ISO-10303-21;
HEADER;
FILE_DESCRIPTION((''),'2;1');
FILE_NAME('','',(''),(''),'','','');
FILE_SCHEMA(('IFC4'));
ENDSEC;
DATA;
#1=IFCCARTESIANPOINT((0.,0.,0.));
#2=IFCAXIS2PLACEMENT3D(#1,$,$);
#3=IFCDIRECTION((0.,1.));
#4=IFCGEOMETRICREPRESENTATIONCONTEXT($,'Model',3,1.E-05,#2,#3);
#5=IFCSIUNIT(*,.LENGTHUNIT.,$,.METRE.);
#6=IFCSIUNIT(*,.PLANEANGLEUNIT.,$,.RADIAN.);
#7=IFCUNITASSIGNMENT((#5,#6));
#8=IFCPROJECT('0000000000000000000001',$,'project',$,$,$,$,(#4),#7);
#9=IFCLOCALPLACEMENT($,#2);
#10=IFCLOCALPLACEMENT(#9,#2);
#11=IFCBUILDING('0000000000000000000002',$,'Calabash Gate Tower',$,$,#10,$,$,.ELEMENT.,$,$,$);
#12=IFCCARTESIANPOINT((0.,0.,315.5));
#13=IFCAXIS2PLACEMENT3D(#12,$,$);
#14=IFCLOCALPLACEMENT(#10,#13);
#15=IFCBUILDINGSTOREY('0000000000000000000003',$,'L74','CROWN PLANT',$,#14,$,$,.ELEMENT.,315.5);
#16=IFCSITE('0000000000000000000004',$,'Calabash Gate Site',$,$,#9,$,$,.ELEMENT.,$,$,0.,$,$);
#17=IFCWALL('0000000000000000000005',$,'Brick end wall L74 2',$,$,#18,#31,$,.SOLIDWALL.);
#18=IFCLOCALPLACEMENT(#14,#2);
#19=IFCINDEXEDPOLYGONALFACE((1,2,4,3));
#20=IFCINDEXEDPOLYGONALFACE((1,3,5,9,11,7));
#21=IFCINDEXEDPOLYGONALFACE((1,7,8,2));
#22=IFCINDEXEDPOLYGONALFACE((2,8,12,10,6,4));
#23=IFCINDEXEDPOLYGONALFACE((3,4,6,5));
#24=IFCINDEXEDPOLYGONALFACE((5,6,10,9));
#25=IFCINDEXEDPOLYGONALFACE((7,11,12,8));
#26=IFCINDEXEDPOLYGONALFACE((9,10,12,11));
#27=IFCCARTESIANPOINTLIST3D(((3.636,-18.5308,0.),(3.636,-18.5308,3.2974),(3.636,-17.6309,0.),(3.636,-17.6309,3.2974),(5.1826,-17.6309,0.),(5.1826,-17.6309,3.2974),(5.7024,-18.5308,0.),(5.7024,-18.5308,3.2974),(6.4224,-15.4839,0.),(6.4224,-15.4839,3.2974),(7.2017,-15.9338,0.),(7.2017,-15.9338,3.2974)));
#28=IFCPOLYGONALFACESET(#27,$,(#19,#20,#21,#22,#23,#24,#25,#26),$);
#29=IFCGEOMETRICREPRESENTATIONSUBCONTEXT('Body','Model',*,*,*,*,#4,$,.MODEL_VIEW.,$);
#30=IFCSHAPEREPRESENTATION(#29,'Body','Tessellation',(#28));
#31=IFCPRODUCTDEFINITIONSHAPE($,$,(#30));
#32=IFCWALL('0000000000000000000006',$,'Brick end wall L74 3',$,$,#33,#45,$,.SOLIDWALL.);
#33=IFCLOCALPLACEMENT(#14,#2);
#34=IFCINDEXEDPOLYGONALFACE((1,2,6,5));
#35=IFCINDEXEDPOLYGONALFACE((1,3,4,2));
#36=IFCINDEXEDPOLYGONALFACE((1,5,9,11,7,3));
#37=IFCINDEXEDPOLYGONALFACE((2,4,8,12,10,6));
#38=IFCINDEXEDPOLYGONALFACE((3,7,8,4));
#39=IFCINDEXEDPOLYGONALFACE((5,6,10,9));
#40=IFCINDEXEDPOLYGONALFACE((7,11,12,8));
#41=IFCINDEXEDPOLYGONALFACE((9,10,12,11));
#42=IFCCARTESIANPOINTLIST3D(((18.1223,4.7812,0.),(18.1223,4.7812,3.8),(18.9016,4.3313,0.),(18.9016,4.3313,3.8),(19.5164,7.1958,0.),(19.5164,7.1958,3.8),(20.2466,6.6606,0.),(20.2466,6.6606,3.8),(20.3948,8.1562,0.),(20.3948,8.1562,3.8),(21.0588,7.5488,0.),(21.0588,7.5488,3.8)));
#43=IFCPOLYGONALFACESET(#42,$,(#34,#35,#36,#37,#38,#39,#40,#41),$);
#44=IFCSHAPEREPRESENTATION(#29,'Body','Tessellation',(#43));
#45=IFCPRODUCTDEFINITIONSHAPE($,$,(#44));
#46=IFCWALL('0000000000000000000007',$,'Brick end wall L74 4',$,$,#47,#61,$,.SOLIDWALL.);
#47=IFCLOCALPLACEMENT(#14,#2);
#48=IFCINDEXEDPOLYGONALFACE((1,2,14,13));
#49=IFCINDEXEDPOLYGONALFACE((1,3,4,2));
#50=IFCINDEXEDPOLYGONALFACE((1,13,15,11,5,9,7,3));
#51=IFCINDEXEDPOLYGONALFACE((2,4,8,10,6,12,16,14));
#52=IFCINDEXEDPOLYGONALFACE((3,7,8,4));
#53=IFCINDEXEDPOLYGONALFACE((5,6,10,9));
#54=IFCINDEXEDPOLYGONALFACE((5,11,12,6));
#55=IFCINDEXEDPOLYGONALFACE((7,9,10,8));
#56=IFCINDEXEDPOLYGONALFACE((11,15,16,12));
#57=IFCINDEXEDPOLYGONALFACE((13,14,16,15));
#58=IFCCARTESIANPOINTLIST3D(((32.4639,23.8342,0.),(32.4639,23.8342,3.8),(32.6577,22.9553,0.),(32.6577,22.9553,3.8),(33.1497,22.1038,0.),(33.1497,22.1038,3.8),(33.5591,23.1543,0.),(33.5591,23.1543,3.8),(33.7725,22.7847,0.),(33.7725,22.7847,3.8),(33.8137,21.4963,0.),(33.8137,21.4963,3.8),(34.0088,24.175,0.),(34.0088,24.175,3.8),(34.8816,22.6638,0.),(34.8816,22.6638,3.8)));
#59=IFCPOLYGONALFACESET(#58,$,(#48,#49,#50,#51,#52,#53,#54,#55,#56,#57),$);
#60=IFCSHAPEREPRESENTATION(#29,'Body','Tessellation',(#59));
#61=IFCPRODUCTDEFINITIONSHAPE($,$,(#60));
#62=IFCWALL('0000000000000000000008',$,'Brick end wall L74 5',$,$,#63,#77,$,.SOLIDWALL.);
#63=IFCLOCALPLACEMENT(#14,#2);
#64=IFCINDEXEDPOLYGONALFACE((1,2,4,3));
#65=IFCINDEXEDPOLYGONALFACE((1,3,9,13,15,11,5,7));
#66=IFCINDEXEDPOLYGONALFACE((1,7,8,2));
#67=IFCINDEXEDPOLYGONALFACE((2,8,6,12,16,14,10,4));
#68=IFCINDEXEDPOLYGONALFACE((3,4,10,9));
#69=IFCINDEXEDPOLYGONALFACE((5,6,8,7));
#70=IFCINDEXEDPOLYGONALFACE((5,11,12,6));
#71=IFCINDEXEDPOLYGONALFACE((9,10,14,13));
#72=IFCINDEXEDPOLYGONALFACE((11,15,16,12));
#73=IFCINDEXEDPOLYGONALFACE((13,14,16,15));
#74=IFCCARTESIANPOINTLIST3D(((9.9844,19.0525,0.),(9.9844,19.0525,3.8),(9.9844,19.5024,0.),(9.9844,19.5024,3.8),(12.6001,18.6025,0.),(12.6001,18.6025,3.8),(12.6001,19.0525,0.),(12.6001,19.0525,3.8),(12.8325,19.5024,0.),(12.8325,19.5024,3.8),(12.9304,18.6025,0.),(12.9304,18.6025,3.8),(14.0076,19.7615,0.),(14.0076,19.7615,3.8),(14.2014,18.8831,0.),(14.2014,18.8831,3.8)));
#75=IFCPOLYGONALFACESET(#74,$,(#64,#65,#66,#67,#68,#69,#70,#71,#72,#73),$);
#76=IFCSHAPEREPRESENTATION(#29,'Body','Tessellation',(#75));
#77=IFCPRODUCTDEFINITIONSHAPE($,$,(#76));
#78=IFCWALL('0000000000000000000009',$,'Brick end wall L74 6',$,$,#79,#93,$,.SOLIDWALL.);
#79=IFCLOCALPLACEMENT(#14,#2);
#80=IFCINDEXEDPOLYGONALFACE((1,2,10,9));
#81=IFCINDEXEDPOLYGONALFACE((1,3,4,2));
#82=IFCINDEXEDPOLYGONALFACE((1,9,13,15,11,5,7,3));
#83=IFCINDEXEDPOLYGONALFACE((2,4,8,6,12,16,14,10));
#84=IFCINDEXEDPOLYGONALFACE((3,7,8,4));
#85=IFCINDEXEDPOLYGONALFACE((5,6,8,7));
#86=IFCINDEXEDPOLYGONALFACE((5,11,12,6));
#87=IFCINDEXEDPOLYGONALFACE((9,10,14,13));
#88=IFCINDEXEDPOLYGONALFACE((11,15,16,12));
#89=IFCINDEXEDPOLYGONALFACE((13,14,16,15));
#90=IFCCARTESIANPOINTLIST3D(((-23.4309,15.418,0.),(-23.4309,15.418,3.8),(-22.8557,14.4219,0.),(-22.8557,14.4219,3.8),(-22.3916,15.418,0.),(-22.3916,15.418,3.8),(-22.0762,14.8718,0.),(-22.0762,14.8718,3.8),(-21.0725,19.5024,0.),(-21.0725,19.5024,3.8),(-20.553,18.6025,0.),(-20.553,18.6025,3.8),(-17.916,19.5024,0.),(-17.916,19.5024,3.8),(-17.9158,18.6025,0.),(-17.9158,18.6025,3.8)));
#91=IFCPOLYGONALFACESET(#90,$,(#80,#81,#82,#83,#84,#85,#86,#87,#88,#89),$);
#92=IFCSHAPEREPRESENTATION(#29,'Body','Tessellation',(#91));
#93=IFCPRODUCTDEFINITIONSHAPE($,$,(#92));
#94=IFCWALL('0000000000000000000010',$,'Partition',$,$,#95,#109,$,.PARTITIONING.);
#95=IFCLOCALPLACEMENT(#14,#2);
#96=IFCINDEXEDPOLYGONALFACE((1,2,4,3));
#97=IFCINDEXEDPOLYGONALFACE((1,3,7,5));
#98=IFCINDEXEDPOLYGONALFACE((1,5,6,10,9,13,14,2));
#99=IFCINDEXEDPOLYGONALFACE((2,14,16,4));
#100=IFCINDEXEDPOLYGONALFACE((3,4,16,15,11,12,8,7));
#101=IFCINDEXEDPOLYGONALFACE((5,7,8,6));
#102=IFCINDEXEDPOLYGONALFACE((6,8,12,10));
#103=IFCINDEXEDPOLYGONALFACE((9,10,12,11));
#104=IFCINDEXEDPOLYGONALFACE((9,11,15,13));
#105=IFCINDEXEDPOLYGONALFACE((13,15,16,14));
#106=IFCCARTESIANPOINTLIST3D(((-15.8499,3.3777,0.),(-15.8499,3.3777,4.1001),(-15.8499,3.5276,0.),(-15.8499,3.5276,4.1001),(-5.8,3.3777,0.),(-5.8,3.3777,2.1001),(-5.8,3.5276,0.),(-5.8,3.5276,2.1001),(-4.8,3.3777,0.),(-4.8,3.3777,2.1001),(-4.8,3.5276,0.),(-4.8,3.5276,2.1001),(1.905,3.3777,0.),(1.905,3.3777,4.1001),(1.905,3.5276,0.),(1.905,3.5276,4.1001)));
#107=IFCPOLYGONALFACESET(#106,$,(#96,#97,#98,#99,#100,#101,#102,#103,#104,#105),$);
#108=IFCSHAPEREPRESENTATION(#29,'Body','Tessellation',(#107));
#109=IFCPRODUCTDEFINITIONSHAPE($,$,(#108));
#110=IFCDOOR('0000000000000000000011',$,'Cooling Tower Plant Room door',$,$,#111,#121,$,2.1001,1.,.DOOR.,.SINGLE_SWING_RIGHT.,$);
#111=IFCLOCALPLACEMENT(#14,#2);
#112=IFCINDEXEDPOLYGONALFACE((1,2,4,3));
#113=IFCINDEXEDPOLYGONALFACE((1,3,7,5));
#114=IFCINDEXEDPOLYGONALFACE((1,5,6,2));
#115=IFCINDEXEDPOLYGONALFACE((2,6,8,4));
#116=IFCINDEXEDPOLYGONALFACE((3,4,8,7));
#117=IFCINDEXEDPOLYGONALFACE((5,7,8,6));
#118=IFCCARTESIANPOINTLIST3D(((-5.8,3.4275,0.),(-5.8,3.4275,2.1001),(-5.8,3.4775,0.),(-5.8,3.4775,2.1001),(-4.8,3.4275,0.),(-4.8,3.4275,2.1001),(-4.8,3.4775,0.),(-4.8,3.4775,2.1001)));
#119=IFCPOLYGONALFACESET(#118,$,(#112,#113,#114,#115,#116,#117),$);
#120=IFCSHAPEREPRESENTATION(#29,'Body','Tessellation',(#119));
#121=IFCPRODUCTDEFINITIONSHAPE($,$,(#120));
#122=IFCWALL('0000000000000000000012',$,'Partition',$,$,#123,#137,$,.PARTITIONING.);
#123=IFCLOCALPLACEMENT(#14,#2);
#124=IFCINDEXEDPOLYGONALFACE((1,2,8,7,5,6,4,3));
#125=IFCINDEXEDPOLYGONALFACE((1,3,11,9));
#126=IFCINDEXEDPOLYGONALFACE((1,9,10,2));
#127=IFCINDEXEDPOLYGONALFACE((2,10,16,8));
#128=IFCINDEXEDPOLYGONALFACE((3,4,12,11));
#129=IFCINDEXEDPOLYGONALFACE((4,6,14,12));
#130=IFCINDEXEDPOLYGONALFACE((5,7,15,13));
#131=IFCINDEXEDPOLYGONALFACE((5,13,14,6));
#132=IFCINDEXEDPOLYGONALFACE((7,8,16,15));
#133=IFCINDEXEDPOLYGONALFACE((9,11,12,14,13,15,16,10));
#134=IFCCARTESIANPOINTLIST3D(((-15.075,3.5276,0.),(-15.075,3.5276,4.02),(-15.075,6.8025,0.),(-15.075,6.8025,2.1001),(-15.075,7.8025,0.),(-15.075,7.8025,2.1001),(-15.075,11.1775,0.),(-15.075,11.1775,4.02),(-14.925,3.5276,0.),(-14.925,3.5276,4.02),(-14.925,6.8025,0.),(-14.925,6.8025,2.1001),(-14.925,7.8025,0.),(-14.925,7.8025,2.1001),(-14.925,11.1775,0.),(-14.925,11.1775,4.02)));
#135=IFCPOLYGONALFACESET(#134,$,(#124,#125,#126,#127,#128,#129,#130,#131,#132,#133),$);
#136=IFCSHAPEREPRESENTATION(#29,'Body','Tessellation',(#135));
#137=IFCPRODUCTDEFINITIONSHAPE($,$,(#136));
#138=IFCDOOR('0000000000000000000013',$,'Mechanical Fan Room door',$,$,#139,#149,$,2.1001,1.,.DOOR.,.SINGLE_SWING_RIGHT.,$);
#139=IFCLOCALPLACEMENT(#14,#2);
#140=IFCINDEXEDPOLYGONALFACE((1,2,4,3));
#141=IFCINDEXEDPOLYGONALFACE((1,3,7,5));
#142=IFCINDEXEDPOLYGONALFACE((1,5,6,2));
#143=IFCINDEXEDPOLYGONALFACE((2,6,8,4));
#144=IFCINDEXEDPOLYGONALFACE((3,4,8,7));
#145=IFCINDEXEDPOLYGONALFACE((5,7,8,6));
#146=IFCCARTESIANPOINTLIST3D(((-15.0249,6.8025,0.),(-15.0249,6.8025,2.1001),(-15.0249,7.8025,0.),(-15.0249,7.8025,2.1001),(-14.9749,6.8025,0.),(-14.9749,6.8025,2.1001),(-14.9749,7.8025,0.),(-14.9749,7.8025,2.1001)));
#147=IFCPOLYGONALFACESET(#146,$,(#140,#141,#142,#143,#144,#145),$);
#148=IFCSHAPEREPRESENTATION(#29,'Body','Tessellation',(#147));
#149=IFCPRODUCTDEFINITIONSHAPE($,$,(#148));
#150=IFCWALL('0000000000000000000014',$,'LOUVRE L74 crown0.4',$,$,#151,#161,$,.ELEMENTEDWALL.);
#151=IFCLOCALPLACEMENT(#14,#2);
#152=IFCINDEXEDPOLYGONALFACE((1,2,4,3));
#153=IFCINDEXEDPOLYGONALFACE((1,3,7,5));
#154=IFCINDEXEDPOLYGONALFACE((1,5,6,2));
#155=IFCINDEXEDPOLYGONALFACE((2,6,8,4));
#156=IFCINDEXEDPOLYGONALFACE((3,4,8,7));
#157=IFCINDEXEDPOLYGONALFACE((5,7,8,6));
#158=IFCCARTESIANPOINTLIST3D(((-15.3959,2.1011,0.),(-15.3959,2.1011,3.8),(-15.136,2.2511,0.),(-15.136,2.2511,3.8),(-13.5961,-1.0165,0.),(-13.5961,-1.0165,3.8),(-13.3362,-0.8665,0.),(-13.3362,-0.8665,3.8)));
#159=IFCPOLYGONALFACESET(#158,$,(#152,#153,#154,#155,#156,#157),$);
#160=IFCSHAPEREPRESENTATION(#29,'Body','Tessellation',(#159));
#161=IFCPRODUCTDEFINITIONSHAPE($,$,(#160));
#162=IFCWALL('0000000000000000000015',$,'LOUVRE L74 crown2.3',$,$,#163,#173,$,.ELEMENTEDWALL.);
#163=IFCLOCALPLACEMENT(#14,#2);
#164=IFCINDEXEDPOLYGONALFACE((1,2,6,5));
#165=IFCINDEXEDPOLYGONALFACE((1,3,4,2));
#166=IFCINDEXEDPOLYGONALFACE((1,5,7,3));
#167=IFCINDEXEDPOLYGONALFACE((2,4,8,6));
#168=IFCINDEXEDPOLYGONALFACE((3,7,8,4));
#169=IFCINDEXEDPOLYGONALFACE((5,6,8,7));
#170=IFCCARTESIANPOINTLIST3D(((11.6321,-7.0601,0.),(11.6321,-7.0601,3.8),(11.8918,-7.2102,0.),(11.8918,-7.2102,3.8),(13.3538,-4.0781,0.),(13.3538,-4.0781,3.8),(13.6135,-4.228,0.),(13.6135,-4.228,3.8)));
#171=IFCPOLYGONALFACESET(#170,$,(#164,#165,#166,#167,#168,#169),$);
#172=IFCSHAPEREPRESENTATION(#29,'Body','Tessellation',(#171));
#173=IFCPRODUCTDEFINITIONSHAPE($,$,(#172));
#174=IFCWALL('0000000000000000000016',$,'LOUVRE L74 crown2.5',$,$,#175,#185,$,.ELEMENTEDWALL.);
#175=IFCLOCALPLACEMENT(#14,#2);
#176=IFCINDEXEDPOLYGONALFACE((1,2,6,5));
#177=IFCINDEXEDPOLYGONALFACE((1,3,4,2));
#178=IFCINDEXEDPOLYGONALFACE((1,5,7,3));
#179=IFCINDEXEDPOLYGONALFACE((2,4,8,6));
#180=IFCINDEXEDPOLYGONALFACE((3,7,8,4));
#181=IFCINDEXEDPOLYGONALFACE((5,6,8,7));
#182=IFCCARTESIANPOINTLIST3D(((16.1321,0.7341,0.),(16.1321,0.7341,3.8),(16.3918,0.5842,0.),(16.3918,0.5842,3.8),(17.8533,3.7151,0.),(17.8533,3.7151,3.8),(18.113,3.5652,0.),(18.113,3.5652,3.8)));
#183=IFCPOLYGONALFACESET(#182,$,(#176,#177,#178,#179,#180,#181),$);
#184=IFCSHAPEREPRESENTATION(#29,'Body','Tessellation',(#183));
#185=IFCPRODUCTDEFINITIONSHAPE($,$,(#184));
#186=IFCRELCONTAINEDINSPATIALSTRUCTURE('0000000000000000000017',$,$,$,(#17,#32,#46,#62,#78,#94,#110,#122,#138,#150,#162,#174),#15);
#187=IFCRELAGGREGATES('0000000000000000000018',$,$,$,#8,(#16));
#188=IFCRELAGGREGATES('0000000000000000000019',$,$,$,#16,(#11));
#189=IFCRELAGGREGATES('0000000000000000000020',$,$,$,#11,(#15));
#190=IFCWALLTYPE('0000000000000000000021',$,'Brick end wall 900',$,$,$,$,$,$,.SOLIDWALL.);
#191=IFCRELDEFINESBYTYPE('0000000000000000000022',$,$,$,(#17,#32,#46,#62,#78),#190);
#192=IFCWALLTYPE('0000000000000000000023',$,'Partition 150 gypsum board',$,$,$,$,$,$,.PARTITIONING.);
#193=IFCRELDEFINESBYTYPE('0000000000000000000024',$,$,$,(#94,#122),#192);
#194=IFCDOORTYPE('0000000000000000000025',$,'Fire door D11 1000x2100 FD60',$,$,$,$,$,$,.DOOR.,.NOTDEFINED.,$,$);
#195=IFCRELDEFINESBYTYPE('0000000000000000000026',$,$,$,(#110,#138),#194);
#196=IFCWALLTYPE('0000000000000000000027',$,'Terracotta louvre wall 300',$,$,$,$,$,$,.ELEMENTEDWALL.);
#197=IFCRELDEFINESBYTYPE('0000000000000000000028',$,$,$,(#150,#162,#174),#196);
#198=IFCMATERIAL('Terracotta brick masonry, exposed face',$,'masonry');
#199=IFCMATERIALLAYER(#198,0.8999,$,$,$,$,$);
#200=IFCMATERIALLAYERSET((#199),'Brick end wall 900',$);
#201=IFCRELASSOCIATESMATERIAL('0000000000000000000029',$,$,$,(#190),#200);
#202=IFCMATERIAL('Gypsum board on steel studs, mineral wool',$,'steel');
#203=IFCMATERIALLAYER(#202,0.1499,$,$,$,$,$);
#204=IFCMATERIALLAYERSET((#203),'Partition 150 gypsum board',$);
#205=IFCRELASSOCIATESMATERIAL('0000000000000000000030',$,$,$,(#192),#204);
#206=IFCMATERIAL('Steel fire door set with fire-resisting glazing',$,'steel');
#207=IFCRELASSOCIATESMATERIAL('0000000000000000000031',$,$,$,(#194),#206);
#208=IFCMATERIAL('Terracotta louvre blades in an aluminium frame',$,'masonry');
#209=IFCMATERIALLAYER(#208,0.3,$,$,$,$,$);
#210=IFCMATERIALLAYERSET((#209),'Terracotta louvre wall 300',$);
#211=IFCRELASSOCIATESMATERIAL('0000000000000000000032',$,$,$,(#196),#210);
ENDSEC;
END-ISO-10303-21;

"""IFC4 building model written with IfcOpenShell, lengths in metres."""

from ifc_helpers import new_model, si_unit, direction, frame, frame_2d, origin, place, context, subcontext, project, spatial, polyline, rectangle, outline, extrude, material, layer, layer_set, type_object, element, fill, save


model = new_model("IFC4")

# Units and contexts
model_context = context("Model", 3, precision=1e-05, world=origin(), true_north=direction((0.0, 1.0)))
body_context = subcontext(model_context, "Body", "Model", "MODEL_VIEW")
ifc_project = project(units=[si_unit("LENGTHUNIT", "METRE"), si_unit("PLANEANGLEUNIT", "RADIAN")], contexts=[model_context])

# Site, building, storey
site_placement = place(None, origin())
site = spatial("IfcSite", under=ifc_project, at=site_placement, Name="Calabash Gate Site", CompositionType="ELEMENT", RefElevation=0.0)
building_placement = place(site_placement, origin())
building = spatial("IfcBuilding", under=site, at=building_placement, Name="Calabash Gate Tower", CompositionType="ELEMENT")
storey_placement = place(building_placement, frame((0.0, 0.0, 315.5)))
storey = spatial("IfcBuildingStorey", under=building, at=storey_placement, Name="L74", Description="CROWN PLANT", CompositionType="ELEMENT", Elevation=315.5)

# Walls
ifc_material_1 = material(Name="Terracotta brick masonry, exposed face", Category="masonry")
ifc_layer_1 = layer(ifc_material_1, 0.8999)
ifc_layer_set_1 = layer_set([ifc_layer_1], Name="Brick end wall 900")
wall_type_1 = type_object("IfcWallType", Name="Brick end wall 900", PredefinedType="SOLIDWALL", material=ifc_layer_set_1)
wall_1_placement = place(storey_placement, origin())
element("IfcWall", 1, at=wall_1_placement, inside=storey, type_object=wall_type_1, Name="Brick end wall L74 2", PredefinedType="SOLIDWALL", context=body_context, shape_type="SweptSolid", body=[
    extrude(outline(polyline([(3.636, -17.6309), (3.636, -18.5308), (5.7024, -18.5308), (7.2017, -15.9338), (6.4224, -15.4839), (5.1826, -17.6309), (3.636, -17.6309)])), origin(), (0.0, 0.0, 1.0), 3.2974),
])
wall_2_placement = place(storey_placement, origin())
element("IfcWall", 2, at=wall_2_placement, inside=storey, type_object=wall_type_1, Name="Brick end wall L74 3", PredefinedType="SOLIDWALL", context=body_context, shape_type="SweptSolid", body=[
    extrude(outline(polyline([(18.1223, 4.7812), (18.9016, 4.3313), (20.2466, 6.6606), (21.0588, 7.5488), (20.3948, 8.1562), (19.5164, 7.1958), (18.1223, 4.7812)])), origin(), (0.0, 0.0, 1.0), 3.8),
])
wall_3_placement = place(storey_placement, origin())
element("IfcWall", 3, at=wall_3_placement, inside=storey, type_object=wall_type_1, Name="Brick end wall L74 4", PredefinedType="SOLIDWALL", context=body_context, shape_type="SweptSolid", body=[
    extrude(outline(polyline([(33.8137, 21.4963), (34.8816, 22.6638), (34.0088, 24.175), (32.4639, 23.8342), (32.6577, 22.9553), (33.5591, 23.1543), (33.7725, 22.7847), (33.1497, 22.1038), (33.8137, 21.4963)])), origin(), (0.0, 0.0, 1.0), 3.8),
])
wall_4_placement = place(storey_placement, origin())
element("IfcWall", 4, at=wall_4_placement, inside=storey, type_object=wall_type_1, Name="Brick end wall L74 5", PredefinedType="SOLIDWALL", context=body_context, shape_type="SweptSolid", body=[
    extrude(outline(polyline([(14.0076, 19.7615), (12.8325, 19.5024), (9.9844, 19.5024), (9.9844, 19.0525), (12.6001, 19.0525), (12.6001, 18.6025), (12.9304, 18.6025), (14.2014, 18.8831), (14.0076, 19.7615)])), origin(), (0.0, 0.0, 1.0), 3.8),
])
wall_5_placement = place(storey_placement, origin())
element("IfcWall", 5, at=wall_5_placement, inside=storey, type_object=wall_type_1, Name="Brick end wall L74 6", PredefinedType="SOLIDWALL", context=body_context, shape_type="SweptSolid", body=[
    extrude(outline(polyline([(-17.9158, 18.6025), (-17.916, 19.5024), (-21.0725, 19.5024), (-23.4309, 15.418), (-22.8557, 14.4219), (-22.0762, 14.8718), (-22.3916, 15.418), (-20.553, 18.6025), (-17.9158, 18.6025)])), origin(), (0.0, 0.0, 1.0), 3.8),
])

# Walls, openings, doors
ifc_material_2 = material(Name="Gypsum board on steel studs, mineral wool", Category="steel")
ifc_layer_2 = layer(ifc_material_2, 0.1499)
ifc_layer_set_2 = layer_set([ifc_layer_2], Name="Partition 150 gypsum board")
wall_type_2 = type_object("IfcWallType", Name="Partition 150 gypsum board", PredefinedType="PARTITIONING", material=ifc_layer_set_2)
wall_6_placement = place(storey_placement, frame((-15.8499, 3.4526, 0.0), z_axis=(0.0, 0.0, 1.0), x_axis=(1.0, 0.0, 0.0)))
wall_6 = element("IfcWall", 6, at=wall_6_placement, inside=storey, type_object=wall_type_2, Name="Partition", PredefinedType="PARTITIONING", context=body_context, shape_type="SweptSolid", body=[
    extrude(rectangle(XDim=17.7549, YDim=0.1499, at=frame_2d((8.8774, 0.0))), origin(), (0.0, 0.0, 1.0), 4.1001),
])
opening_1_placement = place(wall_6_placement, frame((10.0498, 0.0, 0.0)))
opening_1 = element("IfcOpeningElement", 7, at=opening_1_placement, cuts=wall_6, PredefinedType="OPENING", context=body_context, shape_type="SweptSolid", body=[
    extrude(rectangle(XDim=1.0, YDim=2.1001, at=frame_2d((0.5, 1.05))), frame((0.0, 0.085, 0.0), z_axis=(0.0, -1.0, 0.0), x_axis=(1.0, 0.0, 0.0)), (0.0, 0.0, 1.0), 0.1699),
])
ifc_material_3 = material(Name="Steel fire door set with fire-resisting glazing", Category="steel")
door_type = type_object("IfcDoorType", Name="Fire door D11 1000x2100 FD60", OperationType="NOTDEFINED", PredefinedType="DOOR", material=ifc_material_3)
door_1_placement = place(opening_1_placement, origin())
door_1 = element("IfcDoor", 8, at=door_1_placement, inside=storey, type_object=door_type, Name="Cooling Tower Plant Room door", OperationType="SINGLE_SWING_RIGHT", OverallHeight=2.1001, OverallWidth=1.0, PredefinedType="DOOR", context=body_context, shape_type="SweptSolid", body=[
    extrude(rectangle(XDim=1.0, YDim=2.1001, at=frame_2d((0.5, 1.05))), frame((0.0, 0.0249, 0.0), z_axis=(0.0, -1.0, 0.0), x_axis=(1.0, 0.0, 0.0)), (0.0, 0.0, 1.0), 0.05),
])
fill(opening_1, door_1)
wall_7_placement = place(storey_placement, frame((-15.0, 3.5276, 0.0), z_axis=(0.0, 0.0, 1.0), x_axis=(0.0, 1.0, 0.0)))
wall_7 = element("IfcWall", 9, at=wall_7_placement, inside=storey, type_object=wall_type_2, Name="Partition", PredefinedType="PARTITIONING", context=body_context, shape_type="SweptSolid", body=[
    extrude(rectangle(XDim=7.6499, YDim=0.1499, at=frame_2d((3.825, 0.0))), origin(), (0.0, 0.0, 1.0), 4.02),
])
opening_2_placement = place(wall_7_placement, frame((3.2749, 0.0, 0.0)))
opening_2 = element("IfcOpeningElement", 10, at=opening_2_placement, cuts=wall_7, PredefinedType="OPENING", context=body_context, shape_type="SweptSolid", body=[
    extrude(rectangle(XDim=1.0, YDim=2.1001, at=frame_2d((0.5, 1.05))), frame((0.0, 0.085, 0.0), z_axis=(0.0, -1.0, 0.0), x_axis=(1.0, 0.0, 0.0)), (0.0, 0.0, 1.0), 0.1699),
])
door_2_placement = place(opening_2_placement, origin())
door_2 = element("IfcDoor", 11, at=door_2_placement, inside=storey, type_object=door_type, Name="Mechanical Fan Room door", OperationType="SINGLE_SWING_RIGHT", OverallHeight=2.1001, OverallWidth=1.0, PredefinedType="DOOR", context=body_context, shape_type="SweptSolid", body=[
    extrude(rectangle(XDim=1.0, YDim=2.1001, at=frame_2d((0.5, 1.05))), frame((0.0, 0.0249, 0.0), z_axis=(0.0, -1.0, 0.0), x_axis=(1.0, 0.0, 0.0)), (0.0, 0.0, 1.0), 0.05),
])
fill(opening_2, door_2)

# Walls
ifc_material_4 = material(Name="Terracotta louvre blades in an aluminium frame", Category="masonry")
ifc_layer_3 = layer(ifc_material_4, 0.3)
ifc_layer_set_3 = layer_set([ifc_layer_3], Name="Terracotta louvre wall 300")
wall_type_3 = type_object("IfcWallType", Name="Terracotta louvre wall 300", PredefinedType="ELEMENTEDWALL", material=ifc_layer_set_3)
wall_8_placement = place(storey_placement, frame((-15.2659, 2.176, 0.0), z_axis=(0.0, 0.0, 1.0), x_axis=(0.499961, -0.866048, 0.0)))
element("IfcWall", 12, at=wall_8_placement, inside=storey, type_object=wall_type_3, Name="LOUVRE L74 crown0.4", PredefinedType="ELEMENTEDWALL", context=body_context, shape_type="SweptSolid", body=[
    extrude(rectangle(XDim=3.5999, YDim=0.3, at=frame_2d((1.7998, 0.0))), origin(), (0.0, 0.0, 1.0), 3.8),
])
wall_9_placement = place(storey_placement, origin())
element("IfcWall", 13, at=wall_9_placement, inside=storey, type_object=wall_type_3, Name="LOUVRE L74 crown2.3", PredefinedType="ELEMENTEDWALL", context=body_context, shape_type="SweptSolid", body=[
    extrude(outline(polyline([(11.8918, -7.2102), (13.6135, -4.228), (13.3538, -4.0781), (11.6321, -7.0601), (11.8918, -7.2102)])), origin(), (0.0, 0.0, 1.0), 3.8),
])
wall_10_placement = place(storey_placement, origin())
element("IfcWall", 14, at=wall_10_placement, inside=storey, type_object=wall_type_3, Name="LOUVRE L74 crown2.5", PredefinedType="ELEMENTEDWALL", context=body_context, shape_type="SweptSolid", body=[
    extrude(outline(polyline([(16.3918, 0.5842), (18.113, 3.5652), (17.8533, 3.7151), (16.1321, 0.7341), (16.3918, 0.5842)])), origin(), (0.0, 0.0, 1.0), 3.8),
])

save(model, "model.ifc")
